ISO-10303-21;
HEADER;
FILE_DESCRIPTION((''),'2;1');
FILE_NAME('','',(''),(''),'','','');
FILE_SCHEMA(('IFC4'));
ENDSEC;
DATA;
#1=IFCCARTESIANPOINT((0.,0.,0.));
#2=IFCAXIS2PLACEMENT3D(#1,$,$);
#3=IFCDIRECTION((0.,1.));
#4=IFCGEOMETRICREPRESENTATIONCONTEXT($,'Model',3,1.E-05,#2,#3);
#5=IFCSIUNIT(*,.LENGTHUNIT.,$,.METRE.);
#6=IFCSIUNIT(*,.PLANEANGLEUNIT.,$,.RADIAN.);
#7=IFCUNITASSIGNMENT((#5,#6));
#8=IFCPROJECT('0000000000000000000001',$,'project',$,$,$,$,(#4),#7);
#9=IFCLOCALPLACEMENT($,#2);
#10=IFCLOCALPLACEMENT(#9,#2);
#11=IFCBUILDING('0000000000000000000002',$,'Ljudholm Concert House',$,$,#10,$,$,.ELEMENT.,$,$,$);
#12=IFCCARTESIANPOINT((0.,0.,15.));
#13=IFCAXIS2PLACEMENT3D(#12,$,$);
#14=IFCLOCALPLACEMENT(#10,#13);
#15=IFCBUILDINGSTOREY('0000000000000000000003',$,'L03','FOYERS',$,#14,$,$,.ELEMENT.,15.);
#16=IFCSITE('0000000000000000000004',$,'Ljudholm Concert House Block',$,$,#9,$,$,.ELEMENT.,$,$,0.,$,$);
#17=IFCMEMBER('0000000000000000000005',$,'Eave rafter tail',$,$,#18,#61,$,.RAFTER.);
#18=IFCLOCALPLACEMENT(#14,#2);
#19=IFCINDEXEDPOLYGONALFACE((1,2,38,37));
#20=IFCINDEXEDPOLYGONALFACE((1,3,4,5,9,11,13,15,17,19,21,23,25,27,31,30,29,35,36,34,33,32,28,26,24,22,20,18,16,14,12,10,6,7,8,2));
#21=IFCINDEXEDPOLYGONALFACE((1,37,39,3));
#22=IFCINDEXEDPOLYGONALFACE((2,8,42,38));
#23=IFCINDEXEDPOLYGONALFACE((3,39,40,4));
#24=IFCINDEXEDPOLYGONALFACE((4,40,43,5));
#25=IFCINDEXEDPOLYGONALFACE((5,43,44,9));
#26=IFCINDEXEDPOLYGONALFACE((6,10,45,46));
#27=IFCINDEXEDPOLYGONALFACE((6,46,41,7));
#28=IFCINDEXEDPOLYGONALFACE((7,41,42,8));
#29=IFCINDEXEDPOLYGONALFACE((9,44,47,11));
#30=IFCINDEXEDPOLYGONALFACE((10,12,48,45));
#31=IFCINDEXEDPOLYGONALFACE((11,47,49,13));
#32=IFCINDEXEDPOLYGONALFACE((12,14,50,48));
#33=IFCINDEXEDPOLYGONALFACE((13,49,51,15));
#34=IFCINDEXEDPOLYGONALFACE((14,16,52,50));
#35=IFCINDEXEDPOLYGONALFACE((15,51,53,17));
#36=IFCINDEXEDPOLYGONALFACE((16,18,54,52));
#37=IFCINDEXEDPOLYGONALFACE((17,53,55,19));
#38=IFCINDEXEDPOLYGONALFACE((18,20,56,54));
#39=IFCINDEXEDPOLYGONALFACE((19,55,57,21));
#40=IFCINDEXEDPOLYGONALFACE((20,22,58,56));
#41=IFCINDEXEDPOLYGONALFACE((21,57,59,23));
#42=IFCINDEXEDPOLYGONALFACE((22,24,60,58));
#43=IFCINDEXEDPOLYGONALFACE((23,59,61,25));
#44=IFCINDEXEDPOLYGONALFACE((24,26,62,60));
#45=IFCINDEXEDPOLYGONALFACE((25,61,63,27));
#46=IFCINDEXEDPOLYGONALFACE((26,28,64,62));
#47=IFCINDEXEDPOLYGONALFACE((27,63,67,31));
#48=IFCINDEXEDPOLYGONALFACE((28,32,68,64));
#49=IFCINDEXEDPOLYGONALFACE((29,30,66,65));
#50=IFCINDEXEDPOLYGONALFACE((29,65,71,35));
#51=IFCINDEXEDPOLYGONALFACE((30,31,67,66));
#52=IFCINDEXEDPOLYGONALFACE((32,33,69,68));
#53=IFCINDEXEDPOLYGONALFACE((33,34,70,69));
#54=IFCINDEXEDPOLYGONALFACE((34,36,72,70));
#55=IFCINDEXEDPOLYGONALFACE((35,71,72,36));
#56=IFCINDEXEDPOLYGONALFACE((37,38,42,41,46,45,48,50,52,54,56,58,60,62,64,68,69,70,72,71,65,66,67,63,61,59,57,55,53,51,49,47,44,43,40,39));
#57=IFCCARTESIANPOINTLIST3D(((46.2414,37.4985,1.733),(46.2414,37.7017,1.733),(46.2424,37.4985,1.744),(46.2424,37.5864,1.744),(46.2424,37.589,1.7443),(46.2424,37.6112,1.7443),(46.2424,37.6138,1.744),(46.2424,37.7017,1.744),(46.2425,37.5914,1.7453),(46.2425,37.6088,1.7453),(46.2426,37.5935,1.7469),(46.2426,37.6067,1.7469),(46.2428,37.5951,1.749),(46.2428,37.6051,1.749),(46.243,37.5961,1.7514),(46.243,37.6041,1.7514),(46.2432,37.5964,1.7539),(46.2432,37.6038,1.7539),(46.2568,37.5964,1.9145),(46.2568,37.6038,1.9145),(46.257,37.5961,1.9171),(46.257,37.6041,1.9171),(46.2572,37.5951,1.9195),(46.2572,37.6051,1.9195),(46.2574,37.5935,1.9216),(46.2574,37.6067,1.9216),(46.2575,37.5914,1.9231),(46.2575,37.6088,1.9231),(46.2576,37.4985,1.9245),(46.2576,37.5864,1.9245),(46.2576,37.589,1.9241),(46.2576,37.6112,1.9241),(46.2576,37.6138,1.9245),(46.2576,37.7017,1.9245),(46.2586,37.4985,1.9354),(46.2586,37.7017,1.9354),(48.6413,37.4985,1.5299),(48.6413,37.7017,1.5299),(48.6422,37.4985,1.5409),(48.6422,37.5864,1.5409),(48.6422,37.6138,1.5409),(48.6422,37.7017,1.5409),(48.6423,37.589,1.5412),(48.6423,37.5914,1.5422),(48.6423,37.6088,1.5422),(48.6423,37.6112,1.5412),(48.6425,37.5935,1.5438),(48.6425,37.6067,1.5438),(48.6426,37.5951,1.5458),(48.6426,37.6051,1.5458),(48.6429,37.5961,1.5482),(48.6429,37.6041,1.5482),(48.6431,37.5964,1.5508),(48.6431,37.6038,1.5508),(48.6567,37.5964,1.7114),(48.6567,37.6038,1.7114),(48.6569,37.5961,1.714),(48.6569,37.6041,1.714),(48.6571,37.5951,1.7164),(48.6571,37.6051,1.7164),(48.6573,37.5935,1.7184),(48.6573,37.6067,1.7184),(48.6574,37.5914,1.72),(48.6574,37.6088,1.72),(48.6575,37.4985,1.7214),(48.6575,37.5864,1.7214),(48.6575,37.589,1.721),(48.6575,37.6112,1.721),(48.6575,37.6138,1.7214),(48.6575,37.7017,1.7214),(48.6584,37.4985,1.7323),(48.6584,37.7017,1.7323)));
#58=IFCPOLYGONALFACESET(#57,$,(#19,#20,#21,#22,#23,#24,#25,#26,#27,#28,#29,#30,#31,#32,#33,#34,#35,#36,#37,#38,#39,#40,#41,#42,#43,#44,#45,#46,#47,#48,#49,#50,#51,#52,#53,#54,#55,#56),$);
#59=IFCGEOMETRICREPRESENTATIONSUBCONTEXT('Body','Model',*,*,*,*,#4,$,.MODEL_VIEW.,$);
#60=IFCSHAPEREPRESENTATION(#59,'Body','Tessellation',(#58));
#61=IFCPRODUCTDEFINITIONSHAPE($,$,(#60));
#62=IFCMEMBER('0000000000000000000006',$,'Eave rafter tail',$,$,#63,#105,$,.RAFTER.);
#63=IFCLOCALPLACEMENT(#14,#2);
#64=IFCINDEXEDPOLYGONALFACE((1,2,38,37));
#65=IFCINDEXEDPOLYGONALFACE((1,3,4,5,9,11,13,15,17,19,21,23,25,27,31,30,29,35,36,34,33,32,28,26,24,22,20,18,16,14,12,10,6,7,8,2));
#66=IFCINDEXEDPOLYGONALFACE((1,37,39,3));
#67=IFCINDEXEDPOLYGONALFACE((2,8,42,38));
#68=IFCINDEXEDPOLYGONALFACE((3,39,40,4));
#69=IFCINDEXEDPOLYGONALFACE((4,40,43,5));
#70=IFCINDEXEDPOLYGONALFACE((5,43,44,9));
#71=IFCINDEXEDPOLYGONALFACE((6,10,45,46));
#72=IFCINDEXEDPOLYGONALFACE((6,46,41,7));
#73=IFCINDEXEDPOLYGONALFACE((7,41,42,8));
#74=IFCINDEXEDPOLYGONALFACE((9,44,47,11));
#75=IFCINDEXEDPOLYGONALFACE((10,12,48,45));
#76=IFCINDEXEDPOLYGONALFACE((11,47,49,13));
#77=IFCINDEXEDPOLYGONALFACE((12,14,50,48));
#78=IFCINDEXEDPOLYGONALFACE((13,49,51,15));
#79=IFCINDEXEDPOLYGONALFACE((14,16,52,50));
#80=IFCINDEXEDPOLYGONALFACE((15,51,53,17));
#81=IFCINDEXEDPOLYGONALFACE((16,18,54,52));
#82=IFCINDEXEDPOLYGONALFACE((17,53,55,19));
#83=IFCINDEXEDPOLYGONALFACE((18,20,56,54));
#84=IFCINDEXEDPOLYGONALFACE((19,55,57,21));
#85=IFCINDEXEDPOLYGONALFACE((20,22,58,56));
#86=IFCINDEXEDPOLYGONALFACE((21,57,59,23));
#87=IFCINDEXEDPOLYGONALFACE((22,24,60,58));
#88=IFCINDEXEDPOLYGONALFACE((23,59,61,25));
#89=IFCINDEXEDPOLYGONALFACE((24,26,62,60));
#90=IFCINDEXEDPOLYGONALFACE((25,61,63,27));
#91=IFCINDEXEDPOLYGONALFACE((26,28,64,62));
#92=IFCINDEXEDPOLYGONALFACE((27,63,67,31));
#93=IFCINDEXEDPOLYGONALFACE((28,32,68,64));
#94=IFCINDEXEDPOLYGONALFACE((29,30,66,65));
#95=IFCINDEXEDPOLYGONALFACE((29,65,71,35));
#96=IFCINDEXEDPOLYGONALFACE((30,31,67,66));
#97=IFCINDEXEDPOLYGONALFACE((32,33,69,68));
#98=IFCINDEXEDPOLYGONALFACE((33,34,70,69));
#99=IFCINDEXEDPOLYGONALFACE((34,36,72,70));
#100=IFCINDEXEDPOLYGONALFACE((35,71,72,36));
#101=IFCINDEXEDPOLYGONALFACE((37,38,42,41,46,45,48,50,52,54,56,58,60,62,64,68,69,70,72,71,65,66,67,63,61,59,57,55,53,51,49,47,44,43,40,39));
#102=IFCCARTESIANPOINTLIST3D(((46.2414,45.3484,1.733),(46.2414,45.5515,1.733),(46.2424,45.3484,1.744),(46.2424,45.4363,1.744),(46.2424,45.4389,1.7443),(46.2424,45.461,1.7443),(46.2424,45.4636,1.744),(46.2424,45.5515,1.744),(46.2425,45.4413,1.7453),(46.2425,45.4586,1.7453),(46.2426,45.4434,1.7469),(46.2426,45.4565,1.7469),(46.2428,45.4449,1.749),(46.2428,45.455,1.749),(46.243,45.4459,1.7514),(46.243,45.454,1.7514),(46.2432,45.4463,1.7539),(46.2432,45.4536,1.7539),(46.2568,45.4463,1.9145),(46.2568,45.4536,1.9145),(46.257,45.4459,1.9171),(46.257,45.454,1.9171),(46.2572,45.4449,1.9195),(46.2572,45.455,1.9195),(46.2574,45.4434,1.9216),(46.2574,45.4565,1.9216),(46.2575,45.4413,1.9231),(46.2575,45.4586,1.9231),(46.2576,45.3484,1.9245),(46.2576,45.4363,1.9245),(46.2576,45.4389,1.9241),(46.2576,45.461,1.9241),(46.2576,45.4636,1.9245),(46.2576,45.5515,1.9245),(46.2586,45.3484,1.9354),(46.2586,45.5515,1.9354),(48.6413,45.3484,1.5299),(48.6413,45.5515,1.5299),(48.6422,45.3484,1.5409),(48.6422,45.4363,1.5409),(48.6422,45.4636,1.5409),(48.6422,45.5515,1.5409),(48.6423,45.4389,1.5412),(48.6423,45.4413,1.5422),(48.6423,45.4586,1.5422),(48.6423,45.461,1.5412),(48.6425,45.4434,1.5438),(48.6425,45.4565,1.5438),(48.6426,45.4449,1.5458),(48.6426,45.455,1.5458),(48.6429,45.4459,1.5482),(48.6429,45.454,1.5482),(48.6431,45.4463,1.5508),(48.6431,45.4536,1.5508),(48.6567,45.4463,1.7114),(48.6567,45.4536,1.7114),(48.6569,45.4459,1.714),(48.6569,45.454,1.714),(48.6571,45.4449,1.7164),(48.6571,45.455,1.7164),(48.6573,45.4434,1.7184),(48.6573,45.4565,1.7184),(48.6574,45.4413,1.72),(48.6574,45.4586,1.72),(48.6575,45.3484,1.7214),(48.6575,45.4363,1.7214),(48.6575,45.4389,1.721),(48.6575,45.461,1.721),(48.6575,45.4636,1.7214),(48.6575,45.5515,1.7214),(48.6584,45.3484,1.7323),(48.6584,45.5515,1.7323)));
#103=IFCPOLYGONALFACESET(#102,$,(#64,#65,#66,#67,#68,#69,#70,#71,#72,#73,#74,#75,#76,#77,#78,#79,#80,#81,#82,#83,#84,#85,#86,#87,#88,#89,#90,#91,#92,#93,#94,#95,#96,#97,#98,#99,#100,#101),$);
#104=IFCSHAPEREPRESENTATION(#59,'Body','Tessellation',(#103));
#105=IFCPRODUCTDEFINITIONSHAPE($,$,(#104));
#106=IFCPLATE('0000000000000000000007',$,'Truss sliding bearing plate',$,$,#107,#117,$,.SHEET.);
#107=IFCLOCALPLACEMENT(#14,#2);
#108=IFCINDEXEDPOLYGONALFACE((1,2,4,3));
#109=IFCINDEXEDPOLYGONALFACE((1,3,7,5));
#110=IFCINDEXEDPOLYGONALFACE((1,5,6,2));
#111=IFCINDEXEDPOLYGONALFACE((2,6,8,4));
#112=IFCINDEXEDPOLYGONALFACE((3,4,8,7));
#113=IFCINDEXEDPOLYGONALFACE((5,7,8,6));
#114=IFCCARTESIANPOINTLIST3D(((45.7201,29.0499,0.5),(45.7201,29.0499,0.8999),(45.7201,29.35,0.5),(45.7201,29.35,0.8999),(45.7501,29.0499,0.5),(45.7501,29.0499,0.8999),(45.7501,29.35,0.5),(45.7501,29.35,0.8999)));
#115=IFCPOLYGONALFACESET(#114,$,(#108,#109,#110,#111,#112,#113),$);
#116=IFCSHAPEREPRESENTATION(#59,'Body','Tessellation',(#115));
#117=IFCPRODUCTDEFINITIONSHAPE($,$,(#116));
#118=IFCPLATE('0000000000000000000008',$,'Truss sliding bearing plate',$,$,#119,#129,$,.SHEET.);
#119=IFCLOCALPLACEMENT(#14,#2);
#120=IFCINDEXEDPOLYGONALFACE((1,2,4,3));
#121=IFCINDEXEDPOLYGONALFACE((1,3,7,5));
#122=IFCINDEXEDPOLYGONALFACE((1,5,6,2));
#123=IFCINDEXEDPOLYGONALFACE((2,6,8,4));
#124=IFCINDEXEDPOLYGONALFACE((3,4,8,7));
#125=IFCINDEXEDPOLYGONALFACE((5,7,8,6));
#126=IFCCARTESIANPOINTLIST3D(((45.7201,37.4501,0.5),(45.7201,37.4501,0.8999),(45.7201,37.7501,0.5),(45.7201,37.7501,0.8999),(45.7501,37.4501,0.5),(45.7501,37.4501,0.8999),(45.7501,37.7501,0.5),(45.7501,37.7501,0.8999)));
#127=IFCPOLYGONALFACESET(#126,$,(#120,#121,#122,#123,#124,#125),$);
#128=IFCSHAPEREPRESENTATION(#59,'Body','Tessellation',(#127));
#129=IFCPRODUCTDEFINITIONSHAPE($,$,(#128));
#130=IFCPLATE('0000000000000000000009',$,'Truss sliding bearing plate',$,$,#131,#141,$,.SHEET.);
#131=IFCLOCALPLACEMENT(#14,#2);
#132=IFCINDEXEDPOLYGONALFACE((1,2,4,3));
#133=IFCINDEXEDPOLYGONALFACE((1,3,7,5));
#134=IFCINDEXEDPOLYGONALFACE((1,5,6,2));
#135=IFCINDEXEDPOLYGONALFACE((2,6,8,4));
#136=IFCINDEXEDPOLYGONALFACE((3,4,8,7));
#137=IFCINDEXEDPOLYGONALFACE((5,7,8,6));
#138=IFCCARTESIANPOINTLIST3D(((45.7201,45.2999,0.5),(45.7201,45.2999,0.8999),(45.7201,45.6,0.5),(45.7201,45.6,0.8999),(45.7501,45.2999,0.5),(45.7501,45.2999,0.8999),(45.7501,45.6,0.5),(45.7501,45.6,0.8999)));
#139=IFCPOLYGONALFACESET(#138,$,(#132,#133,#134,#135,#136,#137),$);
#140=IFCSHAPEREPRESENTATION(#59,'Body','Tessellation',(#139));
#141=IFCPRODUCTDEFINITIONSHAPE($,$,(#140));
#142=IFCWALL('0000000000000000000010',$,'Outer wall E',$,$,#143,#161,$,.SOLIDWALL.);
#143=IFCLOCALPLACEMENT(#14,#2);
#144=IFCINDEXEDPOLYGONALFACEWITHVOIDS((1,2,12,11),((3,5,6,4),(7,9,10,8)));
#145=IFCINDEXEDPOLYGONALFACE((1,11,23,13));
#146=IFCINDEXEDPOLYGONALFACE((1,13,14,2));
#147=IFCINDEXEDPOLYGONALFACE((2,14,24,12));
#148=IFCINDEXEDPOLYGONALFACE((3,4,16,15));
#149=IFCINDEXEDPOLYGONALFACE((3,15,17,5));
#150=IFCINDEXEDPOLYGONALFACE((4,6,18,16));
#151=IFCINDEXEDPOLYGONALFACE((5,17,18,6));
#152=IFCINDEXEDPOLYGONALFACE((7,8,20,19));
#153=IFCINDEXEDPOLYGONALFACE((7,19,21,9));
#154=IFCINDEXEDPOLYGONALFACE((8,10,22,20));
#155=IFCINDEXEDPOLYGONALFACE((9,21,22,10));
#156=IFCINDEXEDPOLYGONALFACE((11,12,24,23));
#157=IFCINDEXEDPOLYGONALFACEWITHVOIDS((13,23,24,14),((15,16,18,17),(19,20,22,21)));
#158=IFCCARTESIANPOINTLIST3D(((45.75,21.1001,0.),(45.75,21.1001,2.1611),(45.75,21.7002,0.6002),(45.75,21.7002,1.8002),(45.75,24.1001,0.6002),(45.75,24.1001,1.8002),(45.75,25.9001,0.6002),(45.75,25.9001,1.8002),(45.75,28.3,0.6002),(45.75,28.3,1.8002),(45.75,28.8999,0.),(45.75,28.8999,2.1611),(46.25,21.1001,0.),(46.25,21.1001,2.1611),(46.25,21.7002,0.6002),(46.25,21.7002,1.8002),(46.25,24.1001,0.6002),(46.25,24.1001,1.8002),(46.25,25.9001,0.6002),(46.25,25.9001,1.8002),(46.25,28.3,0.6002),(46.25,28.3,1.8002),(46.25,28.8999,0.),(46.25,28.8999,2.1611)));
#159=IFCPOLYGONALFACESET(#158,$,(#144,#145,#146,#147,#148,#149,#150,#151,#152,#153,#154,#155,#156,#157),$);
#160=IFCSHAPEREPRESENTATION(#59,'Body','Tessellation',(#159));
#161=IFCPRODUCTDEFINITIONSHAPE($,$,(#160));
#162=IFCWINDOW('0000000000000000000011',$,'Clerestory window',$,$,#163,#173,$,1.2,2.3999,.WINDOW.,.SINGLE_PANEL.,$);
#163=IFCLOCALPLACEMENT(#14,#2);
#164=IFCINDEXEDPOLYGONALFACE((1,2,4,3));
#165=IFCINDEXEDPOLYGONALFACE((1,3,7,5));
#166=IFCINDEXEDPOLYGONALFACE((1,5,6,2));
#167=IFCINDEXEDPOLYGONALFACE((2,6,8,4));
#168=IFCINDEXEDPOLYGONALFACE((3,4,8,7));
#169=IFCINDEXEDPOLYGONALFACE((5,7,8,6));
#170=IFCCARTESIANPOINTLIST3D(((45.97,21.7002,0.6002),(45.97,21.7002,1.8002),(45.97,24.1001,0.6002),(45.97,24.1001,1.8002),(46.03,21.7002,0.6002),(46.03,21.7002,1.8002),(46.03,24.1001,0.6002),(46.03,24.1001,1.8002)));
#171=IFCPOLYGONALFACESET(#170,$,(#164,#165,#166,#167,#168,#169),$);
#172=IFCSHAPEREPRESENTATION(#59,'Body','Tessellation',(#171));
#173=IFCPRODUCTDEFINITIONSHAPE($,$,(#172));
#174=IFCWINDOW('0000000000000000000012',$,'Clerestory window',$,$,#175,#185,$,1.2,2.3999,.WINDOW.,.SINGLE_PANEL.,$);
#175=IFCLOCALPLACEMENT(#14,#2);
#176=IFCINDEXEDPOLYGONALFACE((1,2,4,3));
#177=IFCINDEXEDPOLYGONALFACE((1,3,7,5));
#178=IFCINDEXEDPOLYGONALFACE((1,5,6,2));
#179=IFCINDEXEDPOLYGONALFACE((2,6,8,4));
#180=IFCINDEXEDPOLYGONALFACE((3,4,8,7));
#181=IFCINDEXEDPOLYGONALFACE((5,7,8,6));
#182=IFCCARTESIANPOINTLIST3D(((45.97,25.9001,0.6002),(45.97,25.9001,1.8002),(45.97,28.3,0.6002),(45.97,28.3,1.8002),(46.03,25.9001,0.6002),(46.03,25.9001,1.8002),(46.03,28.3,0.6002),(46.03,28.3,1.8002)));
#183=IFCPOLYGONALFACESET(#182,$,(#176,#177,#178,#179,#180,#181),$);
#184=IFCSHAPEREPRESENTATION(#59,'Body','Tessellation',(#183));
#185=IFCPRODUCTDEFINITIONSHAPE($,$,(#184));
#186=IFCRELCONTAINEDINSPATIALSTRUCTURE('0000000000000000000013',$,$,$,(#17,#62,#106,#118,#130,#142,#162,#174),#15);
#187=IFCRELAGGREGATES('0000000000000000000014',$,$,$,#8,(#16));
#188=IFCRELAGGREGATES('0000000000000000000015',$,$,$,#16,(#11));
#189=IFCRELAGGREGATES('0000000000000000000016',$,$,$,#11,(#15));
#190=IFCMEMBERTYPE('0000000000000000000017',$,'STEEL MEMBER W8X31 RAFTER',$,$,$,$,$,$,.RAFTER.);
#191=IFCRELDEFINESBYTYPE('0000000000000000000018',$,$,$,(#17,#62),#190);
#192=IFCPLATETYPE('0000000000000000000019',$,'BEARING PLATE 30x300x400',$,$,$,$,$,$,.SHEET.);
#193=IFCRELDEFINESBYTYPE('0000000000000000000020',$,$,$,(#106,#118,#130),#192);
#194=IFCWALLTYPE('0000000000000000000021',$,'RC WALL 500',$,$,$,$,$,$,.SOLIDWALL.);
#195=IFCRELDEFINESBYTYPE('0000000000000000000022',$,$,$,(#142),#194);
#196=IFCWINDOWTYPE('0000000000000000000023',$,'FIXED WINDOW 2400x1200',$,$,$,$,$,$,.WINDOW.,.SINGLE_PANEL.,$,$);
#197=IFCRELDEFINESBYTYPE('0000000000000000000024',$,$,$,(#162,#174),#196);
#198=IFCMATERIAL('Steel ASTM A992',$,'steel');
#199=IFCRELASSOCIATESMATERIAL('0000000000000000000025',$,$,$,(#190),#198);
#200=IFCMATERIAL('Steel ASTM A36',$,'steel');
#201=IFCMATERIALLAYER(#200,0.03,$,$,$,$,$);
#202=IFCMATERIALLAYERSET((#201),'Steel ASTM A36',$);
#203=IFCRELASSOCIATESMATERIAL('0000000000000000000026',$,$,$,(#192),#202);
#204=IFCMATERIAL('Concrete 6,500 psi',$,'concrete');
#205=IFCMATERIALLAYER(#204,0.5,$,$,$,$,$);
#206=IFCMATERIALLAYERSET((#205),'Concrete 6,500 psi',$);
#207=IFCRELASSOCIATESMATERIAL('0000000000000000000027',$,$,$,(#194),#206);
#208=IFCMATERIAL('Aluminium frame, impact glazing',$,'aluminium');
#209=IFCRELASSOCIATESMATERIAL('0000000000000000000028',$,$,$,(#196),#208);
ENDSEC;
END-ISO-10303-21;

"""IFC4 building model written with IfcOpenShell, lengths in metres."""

from ifc_helpers import new_model, si_unit, direction, frame, frame_2d, origin, origin_2d, place, context, subcontext, project, spatial, rectangle, i_section, extrude, material, layer, layer_set, material_profile, profile_set, type_object, element, fill, save


model = new_model("IFC4")

# Units and contexts
model_context = context("Model", 3, precision=1e-05, world=origin(), true_north=direction((0.0, 1.0)))
body_context = subcontext(model_context, "Body", "Model", "MODEL_VIEW")
ifc_project = project(units=[si_unit("LENGTHUNIT", "METRE"), si_unit("PLANEANGLEUNIT", "RADIAN")], contexts=[model_context])

# Site, building, storey
site_placement = place(None, origin())
site = spatial("IfcSite", under=ifc_project, at=site_placement, Name="Ljudholm Concert House Block", CompositionType="ELEMENT", RefElevation=0.0)
building_placement = place(site_placement, origin())
building = spatial("IfcBuilding", under=site, at=building_placement, Name="Ljudholm Concert House", CompositionType="ELEMENT")
storey_placement = place(building_placement, frame((0.0, 0.0, 15.0)))
storey = spatial("IfcBuildingStorey", under=building, at=storey_placement, Name="L03", Description="FOYERS", CompositionType="ELEMENT", Elevation=15.0)

# Members
ifc_material_1 = material(Name="Steel ASTM A992", Category="steel")
ifc_material_profile_1 = material_profile(ifc_material_1, i_section(OverallWidth=0.2031, OverallDepth=0.2031, WebThickness=0.0073, FlangeThickness=0.011, FilletRadius=0.01, at=origin_2d()), Name="W8X31")
ifc_profile_set_1 = profile_set([ifc_material_profile_1], Name="Steel ASTM A992")
member_type_1 = type_object("IfcMemberType", Name="STEEL MEMBER W8X31 RAFTER", PredefinedType="RAFTER", material=ifc_profile_set_1)
for number, where, z_axis, x_axis, name in (
    (1, (46.25, 37.6001, 1.8342), (0.996437, 0.0, -0.084337), (0.0, 1.0, 0.0), "Eave rafter tail"),
    (2, (46.25, 45.45, 1.8342), (0.996437, 0.0, -0.084337), (0.0, 1.0, 0.0), "Eave rafter tail"),
):
    element("IfcMember", number, at=place(storey_placement, frame(where, z_axis=z_axis, x_axis=x_axis)), inside=storey, type_object=member_type_1, Name=name, PredefinedType="RAFTER", context=body_context, shape_type="SweptSolid", body=[
        extrude(i_section(OverallWidth=0.2031, OverallDepth=0.2031, WebThickness=0.0073, FlangeThickness=0.011, FilletRadius=0.01, at=origin_2d()), origin(), (0.0, 0.0, 1.0), 2.4084),
    ])

# Plates
ifc_material_2 = material(Name="Steel ASTM A36", Category="steel")
ifc_layer_1 = layer(ifc_material_2, 0.03)
ifc_layer_set_1 = layer_set([ifc_layer_1], Name="Steel ASTM A36")
plate_type = type_object("IfcPlateType", Name="BEARING PLATE 30x300x400", PredefinedType="SHEET", material=ifc_layer_set_1)
for number, where, z_axis, x_axis, name in (
    (3, (45.7351, 29.2, 0.5), (0.0, 0.0, 1.0), (1.0, 0.0, 0.0), "Truss sliding bearing plate"),
    (4, (45.7351, 37.6001, 0.5), (0.0, 0.0, 1.0), (1.0, 0.0, 0.0), "Truss sliding bearing plate"),
    (5, (45.7351, 45.45, 0.5), (0.0, 0.0, 1.0), (1.0, 0.0, 0.0), "Truss sliding bearing plate"),
):
    element("IfcPlate", number, at=place(storey_placement, frame(where, z_axis=z_axis, x_axis=x_axis)), inside=storey, type_object=plate_type, Name=name, PredefinedType="SHEET", context=body_context, shape_type="SweptSolid", body=[
        extrude(rectangle(XDim=0.03, YDim=0.3, at=origin_2d()), origin(), (0.0, 0.0, 1.0), 0.3999),
    ])

# Wall, openings, windows
ifc_material_3 = material(Name="Concrete 6,500 psi", Category="concrete")
ifc_layer_2 = layer(ifc_material_3, 0.5)
ifc_layer_set_2 = layer_set([ifc_layer_2], Name="Concrete 6,500 psi")
wall_type = type_object("IfcWallType", Name="RC WALL 500", PredefinedType="SOLIDWALL", material=ifc_layer_set_2)
wall_1_placement = place(storey_placement, frame((46.0, 21.1001, 0.0), z_axis=(0.0, 0.0, 1.0), x_axis=(0.0, 1.0, 0.0)))
wall_1 = element("IfcWall", 6, at=wall_1_placement, inside=storey, type_object=wall_type, Name="Outer wall E", PredefinedType="SOLIDWALL", context=body_context, shape_type="SweptSolid", body=[
    extrude(rectangle(XDim=7.7998, YDim=0.5, at=frame_2d((3.8999, 0.0))), origin(), (0.0, 0.0, 1.0), 2.1611),
])
opening_1_placement = place(wall_1_placement, frame((0.6001, 0.0, 0.6001)))
opening_1 = element("IfcOpeningElement", 7, at=opening_1_placement, cuts=wall_1, PredefinedType="OPENING", context=body_context, shape_type="SweptSolid", body=[
    extrude(rectangle(XDim=2.3999, YDim=1.2, at=frame_2d((1.2, 0.6001))), frame((0.0, 0.26, 0.0), z_axis=(0.0, -1.0, 0.0), x_axis=(1.0, 0.0, 0.0)), (0.0, 0.0, 1.0), 0.52),
])
opening_2_placement = place(wall_1_placement, frame((4.8, 0.0, 0.6001)))
opening_2 = element("IfcOpeningElement", 8, at=opening_2_placement, cuts=wall_1, PredefinedType="OPENING", context=body_context, shape_type="SweptSolid", body=[
    extrude(rectangle(XDim=2.3999, YDim=1.2, at=frame_2d((1.2, 0.6001))), frame((0.0, 0.26, 0.0), z_axis=(0.0, -1.0, 0.0), x_axis=(1.0, 0.0, 0.0)), (0.0, 0.0, 1.0), 0.52),
])
ifc_material_4 = material(Name="Aluminium frame, impact glazing", Category="aluminium")
window_type = type_object("IfcWindowType", Name="FIXED WINDOW 2400x1200", PartitioningType="SINGLE_PANEL", PredefinedType="WINDOW", material=ifc_material_4)
window_1_placement = place(opening_1_placement, origin())
window_1 = element("IfcWindow", 9, at=window_1_placement, inside=storey, type_object=window_type, Name="Clerestory window", OverallHeight=1.2, OverallWidth=2.3999, PartitioningType="SINGLE_PANEL", PredefinedType="WINDOW", context=body_context, shape_type="SweptSolid", body=[
    extrude(rectangle(XDim=2.3999, YDim=1.2, at=frame_2d((1.2, 0.6001))), frame((0.0, 0.03, 0.0), z_axis=(0.0, -1.0, 0.0), x_axis=(1.0, 0.0, 0.0)), (0.0, 0.0, 1.0), 0.0601),
])
fill(opening_1, window_1)
window_2_placement = place(opening_2_placement, origin())
window_2 = element("IfcWindow", 10, at=window_2_placement, inside=storey, type_object=window_type, Name="Clerestory window", OverallHeight=1.2, OverallWidth=2.3999, PartitioningType="SINGLE_PANEL", PredefinedType="WINDOW", context=body_context, shape_type="SweptSolid", body=[
    extrude(rectangle(XDim=2.3999, YDim=1.2, at=frame_2d((1.2, 0.6001))), frame((0.0, 0.03, 0.0), z_axis=(0.0, -1.0, 0.0), x_axis=(1.0, 0.0, 0.0)), (0.0, 0.0, 1.0), 0.0601),
])
fill(opening_2, window_2)

save(model, "model.ifc")
